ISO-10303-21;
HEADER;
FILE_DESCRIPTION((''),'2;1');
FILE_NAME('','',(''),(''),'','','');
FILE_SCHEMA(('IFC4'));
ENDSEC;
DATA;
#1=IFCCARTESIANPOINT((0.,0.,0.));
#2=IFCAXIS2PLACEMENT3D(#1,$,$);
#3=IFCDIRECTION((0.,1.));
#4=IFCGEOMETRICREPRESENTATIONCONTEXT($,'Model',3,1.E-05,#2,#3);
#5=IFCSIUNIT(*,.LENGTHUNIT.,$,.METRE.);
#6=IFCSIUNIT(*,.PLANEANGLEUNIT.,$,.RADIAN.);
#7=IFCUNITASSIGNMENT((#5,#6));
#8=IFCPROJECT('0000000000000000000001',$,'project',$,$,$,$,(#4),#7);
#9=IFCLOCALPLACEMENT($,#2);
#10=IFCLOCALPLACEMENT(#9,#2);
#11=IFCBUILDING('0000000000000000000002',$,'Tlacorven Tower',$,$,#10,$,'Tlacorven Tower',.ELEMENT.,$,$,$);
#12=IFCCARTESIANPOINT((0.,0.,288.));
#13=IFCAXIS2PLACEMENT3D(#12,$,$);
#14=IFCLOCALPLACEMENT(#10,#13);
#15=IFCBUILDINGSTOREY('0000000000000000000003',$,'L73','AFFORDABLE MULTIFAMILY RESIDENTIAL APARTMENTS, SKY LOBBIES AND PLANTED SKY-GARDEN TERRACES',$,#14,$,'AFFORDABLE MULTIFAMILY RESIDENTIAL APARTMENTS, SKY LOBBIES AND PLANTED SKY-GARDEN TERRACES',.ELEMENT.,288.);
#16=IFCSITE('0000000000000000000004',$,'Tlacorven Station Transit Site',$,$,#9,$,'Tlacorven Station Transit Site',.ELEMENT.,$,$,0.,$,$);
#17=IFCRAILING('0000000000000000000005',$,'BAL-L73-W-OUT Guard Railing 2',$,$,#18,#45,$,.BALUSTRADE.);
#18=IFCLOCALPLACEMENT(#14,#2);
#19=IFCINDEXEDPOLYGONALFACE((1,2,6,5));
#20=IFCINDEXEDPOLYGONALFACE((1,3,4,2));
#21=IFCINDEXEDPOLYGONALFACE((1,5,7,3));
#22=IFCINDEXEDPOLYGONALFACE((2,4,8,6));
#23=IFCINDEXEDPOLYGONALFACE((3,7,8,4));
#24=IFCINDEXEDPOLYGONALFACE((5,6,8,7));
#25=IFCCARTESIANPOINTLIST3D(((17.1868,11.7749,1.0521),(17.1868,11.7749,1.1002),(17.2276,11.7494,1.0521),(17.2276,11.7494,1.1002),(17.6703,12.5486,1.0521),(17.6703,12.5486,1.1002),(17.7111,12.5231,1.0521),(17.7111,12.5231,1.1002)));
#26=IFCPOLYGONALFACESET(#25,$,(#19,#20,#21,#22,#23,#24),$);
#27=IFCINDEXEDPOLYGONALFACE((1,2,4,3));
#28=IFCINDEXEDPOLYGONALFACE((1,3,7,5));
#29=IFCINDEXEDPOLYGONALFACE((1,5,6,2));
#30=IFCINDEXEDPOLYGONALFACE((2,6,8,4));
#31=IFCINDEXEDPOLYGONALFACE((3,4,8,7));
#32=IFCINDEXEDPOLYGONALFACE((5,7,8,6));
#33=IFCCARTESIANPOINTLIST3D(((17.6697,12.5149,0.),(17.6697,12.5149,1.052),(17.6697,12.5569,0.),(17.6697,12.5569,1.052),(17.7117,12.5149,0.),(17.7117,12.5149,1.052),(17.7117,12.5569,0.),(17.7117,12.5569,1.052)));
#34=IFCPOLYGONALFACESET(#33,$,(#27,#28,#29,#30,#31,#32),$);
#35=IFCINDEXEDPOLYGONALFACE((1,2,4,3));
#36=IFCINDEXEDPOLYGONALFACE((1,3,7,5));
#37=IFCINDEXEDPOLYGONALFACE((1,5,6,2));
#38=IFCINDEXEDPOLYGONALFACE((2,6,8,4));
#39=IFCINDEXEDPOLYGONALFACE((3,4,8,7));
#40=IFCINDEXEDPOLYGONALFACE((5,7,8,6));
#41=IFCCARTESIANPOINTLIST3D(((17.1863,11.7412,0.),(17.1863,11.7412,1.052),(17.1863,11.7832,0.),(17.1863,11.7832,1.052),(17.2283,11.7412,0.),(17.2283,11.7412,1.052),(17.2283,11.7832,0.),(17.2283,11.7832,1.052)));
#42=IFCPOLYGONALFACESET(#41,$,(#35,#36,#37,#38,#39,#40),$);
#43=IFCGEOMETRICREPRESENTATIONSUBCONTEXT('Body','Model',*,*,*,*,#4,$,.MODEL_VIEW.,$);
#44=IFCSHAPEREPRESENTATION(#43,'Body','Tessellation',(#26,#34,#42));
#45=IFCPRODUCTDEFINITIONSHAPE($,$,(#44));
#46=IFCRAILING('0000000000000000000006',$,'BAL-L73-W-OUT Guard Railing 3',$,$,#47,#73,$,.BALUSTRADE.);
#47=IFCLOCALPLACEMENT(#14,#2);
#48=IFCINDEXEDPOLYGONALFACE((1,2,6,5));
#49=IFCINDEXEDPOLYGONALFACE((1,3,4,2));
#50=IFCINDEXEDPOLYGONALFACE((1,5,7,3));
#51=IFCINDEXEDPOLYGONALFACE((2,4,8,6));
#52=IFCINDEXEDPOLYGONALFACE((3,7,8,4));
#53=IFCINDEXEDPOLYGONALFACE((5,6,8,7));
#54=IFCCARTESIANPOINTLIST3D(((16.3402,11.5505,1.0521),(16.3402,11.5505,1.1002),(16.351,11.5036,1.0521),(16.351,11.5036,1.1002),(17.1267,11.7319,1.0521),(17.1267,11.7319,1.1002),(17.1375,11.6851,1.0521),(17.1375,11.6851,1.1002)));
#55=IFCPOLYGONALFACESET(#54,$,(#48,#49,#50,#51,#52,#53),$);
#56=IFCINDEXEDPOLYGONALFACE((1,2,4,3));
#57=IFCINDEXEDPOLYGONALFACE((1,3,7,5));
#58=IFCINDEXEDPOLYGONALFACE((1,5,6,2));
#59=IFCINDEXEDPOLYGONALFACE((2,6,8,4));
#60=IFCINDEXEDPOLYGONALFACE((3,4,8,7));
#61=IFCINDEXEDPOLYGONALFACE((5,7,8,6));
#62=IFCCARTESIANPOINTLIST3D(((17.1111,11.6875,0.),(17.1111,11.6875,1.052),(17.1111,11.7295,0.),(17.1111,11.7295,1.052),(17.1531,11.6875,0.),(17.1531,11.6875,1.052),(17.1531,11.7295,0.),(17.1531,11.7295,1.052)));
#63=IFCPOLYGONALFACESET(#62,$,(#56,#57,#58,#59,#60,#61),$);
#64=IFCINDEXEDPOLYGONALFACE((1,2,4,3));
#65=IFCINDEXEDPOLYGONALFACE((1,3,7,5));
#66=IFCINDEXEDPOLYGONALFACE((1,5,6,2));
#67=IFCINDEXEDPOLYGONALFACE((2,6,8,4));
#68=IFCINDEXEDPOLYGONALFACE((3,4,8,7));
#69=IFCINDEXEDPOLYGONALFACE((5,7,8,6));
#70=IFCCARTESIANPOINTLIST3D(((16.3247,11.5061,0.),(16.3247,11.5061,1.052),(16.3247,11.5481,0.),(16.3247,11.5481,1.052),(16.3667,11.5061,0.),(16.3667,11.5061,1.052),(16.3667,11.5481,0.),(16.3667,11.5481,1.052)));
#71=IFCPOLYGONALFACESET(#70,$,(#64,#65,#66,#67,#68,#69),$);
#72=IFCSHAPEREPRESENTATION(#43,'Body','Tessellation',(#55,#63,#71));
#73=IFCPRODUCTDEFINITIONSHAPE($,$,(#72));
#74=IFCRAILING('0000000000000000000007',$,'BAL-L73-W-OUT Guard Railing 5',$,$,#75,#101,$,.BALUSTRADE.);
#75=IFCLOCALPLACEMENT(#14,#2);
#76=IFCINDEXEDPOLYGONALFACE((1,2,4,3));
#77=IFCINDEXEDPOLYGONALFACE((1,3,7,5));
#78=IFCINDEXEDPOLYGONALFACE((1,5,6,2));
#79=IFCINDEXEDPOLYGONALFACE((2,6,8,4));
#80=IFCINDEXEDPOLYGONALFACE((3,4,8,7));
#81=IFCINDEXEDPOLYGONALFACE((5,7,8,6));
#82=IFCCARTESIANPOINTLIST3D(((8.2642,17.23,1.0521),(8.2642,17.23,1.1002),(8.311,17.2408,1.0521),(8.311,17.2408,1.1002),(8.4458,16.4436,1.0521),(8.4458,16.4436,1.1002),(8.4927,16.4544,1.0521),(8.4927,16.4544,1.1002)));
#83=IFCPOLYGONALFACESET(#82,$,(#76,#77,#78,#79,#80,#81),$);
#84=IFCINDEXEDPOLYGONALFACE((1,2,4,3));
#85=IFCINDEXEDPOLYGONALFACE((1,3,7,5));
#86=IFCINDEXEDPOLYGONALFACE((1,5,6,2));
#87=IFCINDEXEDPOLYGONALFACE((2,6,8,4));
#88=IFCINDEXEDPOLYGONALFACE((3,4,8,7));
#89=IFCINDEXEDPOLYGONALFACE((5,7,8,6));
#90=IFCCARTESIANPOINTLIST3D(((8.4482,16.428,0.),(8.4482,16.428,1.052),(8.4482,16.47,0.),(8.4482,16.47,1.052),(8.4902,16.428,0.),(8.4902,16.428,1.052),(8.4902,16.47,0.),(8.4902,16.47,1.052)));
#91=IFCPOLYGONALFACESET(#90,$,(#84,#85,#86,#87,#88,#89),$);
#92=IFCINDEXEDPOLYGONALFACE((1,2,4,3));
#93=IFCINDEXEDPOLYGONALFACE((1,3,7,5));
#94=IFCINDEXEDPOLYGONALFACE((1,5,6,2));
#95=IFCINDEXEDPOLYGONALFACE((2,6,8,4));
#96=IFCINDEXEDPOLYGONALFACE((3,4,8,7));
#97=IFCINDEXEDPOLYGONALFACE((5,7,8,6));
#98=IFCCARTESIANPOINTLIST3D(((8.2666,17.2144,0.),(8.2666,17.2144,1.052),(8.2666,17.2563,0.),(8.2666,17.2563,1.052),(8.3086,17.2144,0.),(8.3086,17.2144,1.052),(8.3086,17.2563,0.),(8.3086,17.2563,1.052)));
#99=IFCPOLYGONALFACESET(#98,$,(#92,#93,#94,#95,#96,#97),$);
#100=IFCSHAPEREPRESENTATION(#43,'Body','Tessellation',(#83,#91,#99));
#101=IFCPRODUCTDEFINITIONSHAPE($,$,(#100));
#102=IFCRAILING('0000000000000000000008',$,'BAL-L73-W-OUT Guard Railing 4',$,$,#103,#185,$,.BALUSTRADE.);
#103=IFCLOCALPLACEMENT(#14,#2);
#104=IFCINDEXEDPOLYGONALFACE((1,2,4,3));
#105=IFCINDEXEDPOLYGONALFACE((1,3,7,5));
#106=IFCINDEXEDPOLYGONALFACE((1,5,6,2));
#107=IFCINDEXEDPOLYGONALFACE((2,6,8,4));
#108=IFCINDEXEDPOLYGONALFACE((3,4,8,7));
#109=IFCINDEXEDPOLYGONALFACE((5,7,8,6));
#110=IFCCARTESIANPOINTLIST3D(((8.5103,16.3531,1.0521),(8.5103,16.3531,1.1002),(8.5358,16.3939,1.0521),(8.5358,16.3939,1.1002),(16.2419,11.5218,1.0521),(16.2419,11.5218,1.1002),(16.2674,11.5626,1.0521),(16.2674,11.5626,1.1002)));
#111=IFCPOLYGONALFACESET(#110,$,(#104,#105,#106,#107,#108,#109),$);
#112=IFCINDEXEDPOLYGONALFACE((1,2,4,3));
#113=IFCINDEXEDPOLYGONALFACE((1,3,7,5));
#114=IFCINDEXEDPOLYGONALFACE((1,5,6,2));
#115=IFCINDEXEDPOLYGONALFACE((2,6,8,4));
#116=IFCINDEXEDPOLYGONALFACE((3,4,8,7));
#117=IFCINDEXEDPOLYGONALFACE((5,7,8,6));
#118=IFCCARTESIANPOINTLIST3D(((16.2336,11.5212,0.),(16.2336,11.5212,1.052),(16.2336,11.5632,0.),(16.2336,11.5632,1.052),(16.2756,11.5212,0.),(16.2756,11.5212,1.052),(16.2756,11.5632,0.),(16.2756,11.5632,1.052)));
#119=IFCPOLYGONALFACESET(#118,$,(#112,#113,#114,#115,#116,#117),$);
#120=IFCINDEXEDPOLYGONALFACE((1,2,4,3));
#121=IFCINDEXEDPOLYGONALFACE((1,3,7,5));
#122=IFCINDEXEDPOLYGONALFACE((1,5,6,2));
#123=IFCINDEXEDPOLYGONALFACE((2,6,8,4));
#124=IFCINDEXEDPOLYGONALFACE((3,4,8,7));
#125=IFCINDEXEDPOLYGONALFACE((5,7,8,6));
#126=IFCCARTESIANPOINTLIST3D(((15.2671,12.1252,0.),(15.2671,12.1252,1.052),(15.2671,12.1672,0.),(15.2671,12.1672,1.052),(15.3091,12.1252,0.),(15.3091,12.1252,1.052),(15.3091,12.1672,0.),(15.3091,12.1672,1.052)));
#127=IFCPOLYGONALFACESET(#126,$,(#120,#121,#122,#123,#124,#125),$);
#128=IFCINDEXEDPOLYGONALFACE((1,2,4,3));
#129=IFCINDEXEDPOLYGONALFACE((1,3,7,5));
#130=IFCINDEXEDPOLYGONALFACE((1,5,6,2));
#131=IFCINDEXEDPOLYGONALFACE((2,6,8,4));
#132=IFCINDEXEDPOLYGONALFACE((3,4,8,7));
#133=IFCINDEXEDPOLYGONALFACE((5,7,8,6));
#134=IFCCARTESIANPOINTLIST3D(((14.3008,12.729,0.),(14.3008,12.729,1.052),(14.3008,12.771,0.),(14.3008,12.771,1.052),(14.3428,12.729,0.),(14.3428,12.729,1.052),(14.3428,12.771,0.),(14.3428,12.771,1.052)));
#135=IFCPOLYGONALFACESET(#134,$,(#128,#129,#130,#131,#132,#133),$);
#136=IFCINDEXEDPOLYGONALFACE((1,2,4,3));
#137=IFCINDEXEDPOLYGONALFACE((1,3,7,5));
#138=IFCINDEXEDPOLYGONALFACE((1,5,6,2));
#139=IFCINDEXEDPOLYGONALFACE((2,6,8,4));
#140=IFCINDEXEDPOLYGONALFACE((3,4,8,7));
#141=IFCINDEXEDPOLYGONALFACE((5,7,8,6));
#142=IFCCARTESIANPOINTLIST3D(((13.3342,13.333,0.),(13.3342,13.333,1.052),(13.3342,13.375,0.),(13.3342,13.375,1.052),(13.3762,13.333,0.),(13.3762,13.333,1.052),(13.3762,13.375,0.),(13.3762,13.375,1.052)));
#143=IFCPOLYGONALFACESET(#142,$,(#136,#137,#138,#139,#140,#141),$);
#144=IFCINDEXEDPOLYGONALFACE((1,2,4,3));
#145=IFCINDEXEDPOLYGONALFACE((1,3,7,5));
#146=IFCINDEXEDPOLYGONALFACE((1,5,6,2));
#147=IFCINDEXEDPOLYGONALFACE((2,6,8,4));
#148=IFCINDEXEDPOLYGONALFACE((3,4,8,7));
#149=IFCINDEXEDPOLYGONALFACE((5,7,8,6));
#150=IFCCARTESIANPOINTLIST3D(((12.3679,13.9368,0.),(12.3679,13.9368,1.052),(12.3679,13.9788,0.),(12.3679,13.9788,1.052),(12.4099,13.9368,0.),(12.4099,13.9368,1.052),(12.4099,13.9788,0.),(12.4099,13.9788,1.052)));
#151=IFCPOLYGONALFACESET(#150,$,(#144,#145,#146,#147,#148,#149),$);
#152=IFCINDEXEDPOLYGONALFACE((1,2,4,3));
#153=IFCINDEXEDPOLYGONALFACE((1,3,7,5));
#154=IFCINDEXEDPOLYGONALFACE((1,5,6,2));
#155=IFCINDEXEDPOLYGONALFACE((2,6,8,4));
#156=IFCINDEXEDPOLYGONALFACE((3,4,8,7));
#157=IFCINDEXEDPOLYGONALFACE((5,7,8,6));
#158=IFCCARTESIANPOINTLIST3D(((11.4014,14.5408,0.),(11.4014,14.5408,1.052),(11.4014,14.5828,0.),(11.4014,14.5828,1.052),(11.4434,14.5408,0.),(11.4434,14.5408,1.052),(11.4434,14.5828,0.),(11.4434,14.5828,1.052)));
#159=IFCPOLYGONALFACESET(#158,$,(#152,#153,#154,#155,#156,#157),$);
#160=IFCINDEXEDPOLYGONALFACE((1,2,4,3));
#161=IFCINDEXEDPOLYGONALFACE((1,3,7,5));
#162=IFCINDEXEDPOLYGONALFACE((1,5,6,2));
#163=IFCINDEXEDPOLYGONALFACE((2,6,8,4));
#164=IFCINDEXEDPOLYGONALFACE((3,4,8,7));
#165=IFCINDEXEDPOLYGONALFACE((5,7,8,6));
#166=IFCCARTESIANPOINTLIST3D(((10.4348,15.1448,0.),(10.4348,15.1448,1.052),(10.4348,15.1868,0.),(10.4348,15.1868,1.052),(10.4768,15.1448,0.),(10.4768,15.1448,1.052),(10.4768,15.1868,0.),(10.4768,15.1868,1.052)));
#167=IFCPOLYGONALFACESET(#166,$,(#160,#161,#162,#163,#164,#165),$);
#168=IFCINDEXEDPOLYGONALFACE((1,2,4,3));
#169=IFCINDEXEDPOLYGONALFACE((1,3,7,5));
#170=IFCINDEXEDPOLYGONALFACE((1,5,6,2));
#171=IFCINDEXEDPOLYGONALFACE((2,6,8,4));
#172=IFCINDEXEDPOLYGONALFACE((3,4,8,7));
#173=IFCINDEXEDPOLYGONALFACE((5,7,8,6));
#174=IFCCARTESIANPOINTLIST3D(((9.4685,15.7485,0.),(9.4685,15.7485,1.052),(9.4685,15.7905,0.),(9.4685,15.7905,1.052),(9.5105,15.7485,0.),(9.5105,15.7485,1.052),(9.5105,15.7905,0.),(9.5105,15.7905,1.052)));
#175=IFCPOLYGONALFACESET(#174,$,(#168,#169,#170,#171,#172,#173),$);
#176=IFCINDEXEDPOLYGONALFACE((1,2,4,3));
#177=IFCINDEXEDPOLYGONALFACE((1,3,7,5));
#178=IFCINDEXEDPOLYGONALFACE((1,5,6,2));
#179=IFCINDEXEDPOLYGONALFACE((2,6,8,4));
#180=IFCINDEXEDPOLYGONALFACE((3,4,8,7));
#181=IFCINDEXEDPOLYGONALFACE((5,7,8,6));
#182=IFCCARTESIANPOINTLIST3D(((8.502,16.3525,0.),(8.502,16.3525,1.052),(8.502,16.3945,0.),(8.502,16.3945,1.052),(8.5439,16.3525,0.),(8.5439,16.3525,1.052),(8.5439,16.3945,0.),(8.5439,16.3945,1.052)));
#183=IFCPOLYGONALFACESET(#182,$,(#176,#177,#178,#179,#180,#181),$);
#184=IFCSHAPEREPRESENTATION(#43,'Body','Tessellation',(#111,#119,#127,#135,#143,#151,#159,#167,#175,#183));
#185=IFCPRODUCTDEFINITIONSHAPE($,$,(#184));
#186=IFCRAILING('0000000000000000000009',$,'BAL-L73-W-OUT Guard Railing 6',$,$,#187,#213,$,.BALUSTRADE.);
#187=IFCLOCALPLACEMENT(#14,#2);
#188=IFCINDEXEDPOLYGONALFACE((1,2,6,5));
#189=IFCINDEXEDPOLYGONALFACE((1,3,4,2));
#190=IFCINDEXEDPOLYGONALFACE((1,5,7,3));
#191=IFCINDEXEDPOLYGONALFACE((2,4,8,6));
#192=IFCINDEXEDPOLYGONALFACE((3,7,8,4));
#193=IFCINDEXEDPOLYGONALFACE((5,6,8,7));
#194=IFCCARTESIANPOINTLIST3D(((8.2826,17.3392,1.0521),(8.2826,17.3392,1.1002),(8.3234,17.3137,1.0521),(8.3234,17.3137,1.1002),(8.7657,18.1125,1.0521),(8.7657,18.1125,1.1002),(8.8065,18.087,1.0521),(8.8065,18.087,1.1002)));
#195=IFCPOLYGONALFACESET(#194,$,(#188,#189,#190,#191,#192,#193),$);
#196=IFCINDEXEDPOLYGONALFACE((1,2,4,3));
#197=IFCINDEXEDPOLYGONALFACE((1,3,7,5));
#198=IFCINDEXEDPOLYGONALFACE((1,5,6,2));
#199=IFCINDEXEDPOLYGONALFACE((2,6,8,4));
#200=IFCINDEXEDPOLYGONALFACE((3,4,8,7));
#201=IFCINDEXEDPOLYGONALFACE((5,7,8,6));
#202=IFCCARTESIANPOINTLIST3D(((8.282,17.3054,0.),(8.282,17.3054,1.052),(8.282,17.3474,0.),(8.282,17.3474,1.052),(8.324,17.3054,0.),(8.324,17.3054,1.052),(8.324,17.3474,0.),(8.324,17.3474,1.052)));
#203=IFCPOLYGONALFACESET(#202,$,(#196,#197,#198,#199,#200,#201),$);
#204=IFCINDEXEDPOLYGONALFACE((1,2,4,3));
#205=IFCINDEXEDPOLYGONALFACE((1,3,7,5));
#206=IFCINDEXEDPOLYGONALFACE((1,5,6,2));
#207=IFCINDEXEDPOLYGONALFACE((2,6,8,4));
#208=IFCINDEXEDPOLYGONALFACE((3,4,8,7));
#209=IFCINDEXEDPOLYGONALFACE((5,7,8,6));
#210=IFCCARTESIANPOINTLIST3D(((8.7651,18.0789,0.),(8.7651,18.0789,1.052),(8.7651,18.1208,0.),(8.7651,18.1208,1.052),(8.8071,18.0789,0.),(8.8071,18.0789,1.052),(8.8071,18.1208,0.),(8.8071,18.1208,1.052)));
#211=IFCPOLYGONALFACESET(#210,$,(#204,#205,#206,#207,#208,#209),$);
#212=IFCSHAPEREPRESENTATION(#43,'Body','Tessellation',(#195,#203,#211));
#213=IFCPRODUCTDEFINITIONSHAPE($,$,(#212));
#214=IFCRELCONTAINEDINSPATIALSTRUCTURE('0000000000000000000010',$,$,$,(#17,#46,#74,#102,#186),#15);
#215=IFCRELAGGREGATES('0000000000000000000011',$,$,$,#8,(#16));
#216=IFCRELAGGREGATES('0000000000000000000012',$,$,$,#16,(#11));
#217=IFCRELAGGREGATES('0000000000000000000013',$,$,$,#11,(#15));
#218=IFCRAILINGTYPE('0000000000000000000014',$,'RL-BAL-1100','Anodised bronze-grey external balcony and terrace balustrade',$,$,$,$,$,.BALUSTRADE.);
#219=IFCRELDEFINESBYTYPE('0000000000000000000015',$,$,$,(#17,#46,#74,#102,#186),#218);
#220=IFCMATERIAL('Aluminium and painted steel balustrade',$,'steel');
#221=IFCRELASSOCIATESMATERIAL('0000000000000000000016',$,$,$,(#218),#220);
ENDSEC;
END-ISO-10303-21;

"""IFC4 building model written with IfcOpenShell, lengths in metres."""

from ifc_helpers import new_model, si_unit, direction, frame, origin, origin_2d, place, context, subcontext, project, spatial, rectangle, extrude, source, transform, mapped, material, type_object, element, save


model = new_model("IFC4")

# Units and contexts
model_context = context("Model", 3, precision=1e-05, world=origin(), true_north=direction((0.0, 1.0)))
body_context = subcontext(model_context, "Body", "Model", "MODEL_VIEW")
ifc_project = project(units=[si_unit("LENGTHUNIT", "METRE"), si_unit("PLANEANGLEUNIT", "RADIAN")], contexts=[model_context])

# Site, building, storey
site_placement = place(None, origin())
site = spatial("IfcSite", under=ifc_project, at=site_placement, Name="Tlacorven Station Transit Site", LongName="Tlacorven Station Transit Site", CompositionType="ELEMENT", RefElevation=0.0)
building_placement = place(site_placement, origin())
building = spatial("IfcBuilding", under=site, at=building_placement, Name="Tlacorven Tower", LongName="Tlacorven Tower", CompositionType="ELEMENT")
storey_placement = place(building_placement, frame((0.0, 0.0, 288.0)))
storey = spatial("IfcBuildingStorey", under=building, at=storey_placement, Name="L73", Description="AFFORDABLE MULTIFAMILY RESIDENTIAL APARTMENTS, SKY LOBBIES AND PLANTED SKY-GARDEN TERRACES", LongName="AFFORDABLE MULTIFAMILY RESIDENTIAL APARTMENTS, SKY LOBBIES AND PLANTED SKY-GARDEN TERRACES", CompositionType="ELEMENT", Elevation=288.0)

# Railings
ifc_material_1 = material(Name="Aluminium and painted steel balustrade", Category="steel")
railing_type = type_object("IfcRailingType", Name="RL-BAL-1100", Description="Anodised bronze-grey external balcony and terrace balustrade", PredefinedType="BALUSTRADE", material=ifc_material_1)
shared_shape_1 = source(origin(), body_context, "Body", "SweptSolid", [
    extrude(rectangle(XDim=0.0481, YDim=0.0481, at=origin_2d()), frame((0.0, 0.0, 1.0762), z_axis=(-0.529879, -0.848073, 0.0), x_axis=(0.848073, -0.529879, 0.0)), (0.0, 0.0, 1.0), 0.9124),
    extrude(rectangle(XDim=0.042, YDim=0.042, at=origin_2d()), origin(), (0.0, 0.0, 1.0), 1.052),
    extrude(rectangle(XDim=0.042, YDim=0.042, at=origin_2d()), frame((-0.4834, -0.7737, 0.0)), (0.0, 0.0, 1.0), 1.052),
])
railing_1_placement = place(storey_placement, frame((17.6907, 12.5359, 0.0)))
element("IfcRailing", 1, at=railing_1_placement, inside=storey, type_object=railing_type, Name="BAL-L73-W-OUT Guard Railing 2", PredefinedType="BALUSTRADE", context=body_context, shape_type="MappedRepresentation", body=[
    mapped(shared_shape_1, transform((0.0, 0.0, 0.0), scale=1.0)),
])
shared_shape_2 = source(origin(), body_context, "Body", "SweptSolid", [
    extrude(rectangle(XDim=0.0481, YDim=0.0481, at=origin_2d()), frame((0.0, 0.0, 1.0762), z_axis=(-0.974412, -0.224771, 0.0), x_axis=(0.224771, -0.974412, 0.0)), (0.0, 0.0, 1.0), 0.8071),
    extrude(rectangle(XDim=0.042, YDim=0.042, at=origin_2d()), origin(), (0.0, 0.0, 1.0), 1.052),
    extrude(rectangle(XDim=0.042, YDim=0.042, at=origin_2d()), frame((-0.7864, -0.1814, 0.0)), (0.0, 0.0, 1.0), 1.052),
])
railing_2_placement = place(storey_placement, frame((17.1321, 11.7085, 0.0)))
element("IfcRailing", 2, at=railing_2_placement, inside=storey, type_object=railing_type, Name="BAL-L73-W-OUT Guard Railing 3", PredefinedType="BALUSTRADE", context=body_context, shape_type="MappedRepresentation", body=[
    mapped(shared_shape_2, transform((0.0, 0.0, 0.0), scale=1.0)),
])
shared_shape_3 = source(origin(), body_context, "Body", "SweptSolid", [
    extrude(rectangle(XDim=0.0481, YDim=0.0481, at=origin_2d()), frame((0.0, 0.0, 1.0762), z_axis=(-0.225058, 0.974345, 0.0), x_axis=(-0.974345, -0.225058, 0.0)), (0.0, 0.0, 1.0), 0.8071),
    extrude(rectangle(XDim=0.042, YDim=0.042, at=origin_2d()), origin(), (0.0, 0.0, 1.0), 1.052),
    extrude(rectangle(XDim=0.042, YDim=0.042, at=origin_2d()), frame((-0.1816, 0.7864, 0.0)), (0.0, 0.0, 1.0), 1.052),
])
railing_3_placement = place(storey_placement, frame((8.4692, 16.449, 0.0)))
element("IfcRailing", 3, at=railing_3_placement, inside=storey, type_object=railing_type, Name="BAL-L73-W-OUT Guard Railing 5", PredefinedType="BALUSTRADE", context=body_context, shape_type="MappedRepresentation", body=[
    mapped(shared_shape_3, transform((0.0, 0.0, 0.0), scale=1.0)),
])
shared_shape_4 = source(origin(), body_context, "Body", "SweptSolid", [
    extrude(rectangle(XDim=0.0481, YDim=0.0481, at=origin_2d()), frame((0.0, 0.0, 1.0762), z_axis=(-0.848048, 0.52992, 0.0), x_axis=(-0.52992, -0.848048, 0.0)), (0.0, 0.0, 1.0), 9.1169),
    extrude(rectangle(XDim=0.042, YDim=0.042, at=origin_2d()), origin(), (0.0, 0.0, 1.0), 1.052),
    extrude(rectangle(XDim=0.042, YDim=0.042, at=origin_2d()), frame((-0.9666, 0.604, 0.0)), (0.0, 0.0, 1.0), 1.052),
    extrude(rectangle(XDim=0.042, YDim=0.042, at=origin_2d()), frame((-1.9329, 1.2078, 0.0)), (0.0, 0.0, 1.0), 1.052),
    extrude(rectangle(XDim=0.042, YDim=0.042, at=origin_2d()), frame((-2.8994, 1.8118, 0.0)), (0.0, 0.0, 1.0), 1.052),
    extrude(rectangle(XDim=0.042, YDim=0.042, at=origin_2d()), frame((-3.8657, 2.4155, 0.0)), (0.0, 0.0, 1.0), 1.052),
    extrude(rectangle(XDim=0.042, YDim=0.042, at=origin_2d()), frame((-4.8323, 3.0195, 0.0)), (0.0, 0.0, 1.0), 1.052),
    extrude(rectangle(XDim=0.042, YDim=0.042, at=origin_2d()), frame((-5.7988, 3.6235, 0.0)), (0.0, 0.0, 1.0), 1.052),
    extrude(rectangle(XDim=0.042, YDim=0.042, at=origin_2d()), frame((-6.7651, 4.2273, 0.0)), (0.0, 0.0, 1.0), 1.052),
    extrude(rectangle(XDim=0.042, YDim=0.042, at=origin_2d()), frame((-7.7317, 4.8313, 0.0)), (0.0, 0.0, 1.0), 1.052),
])
railing_4_placement = place(storey_placement, frame((16.2546, 11.5422, 0.0)))
element("IfcRailing", 4, at=railing_4_placement, inside=storey, type_object=railing_type, Name="BAL-L73-W-OUT Guard Railing 4", PredefinedType="BALUSTRADE", context=body_context, shape_type="MappedRepresentation", body=[
    mapped(shared_shape_4, transform((0.0, 0.0, 0.0), scale=1.0)),
])
shared_shape_5 = source(origin(), body_context, "Body", "SweptSolid", [
    extrude(rectangle(XDim=0.0481, YDim=0.0481, at=origin_2d()), frame((0.0, 0.0, 1.0762), z_axis=(0.529806, 0.848119, 0.0), x_axis=(-0.848119, 0.529806, 0.0)), (0.0, 0.0, 1.0), 0.9119),
    extrude(rectangle(XDim=0.042, YDim=0.042, at=origin_2d()), origin(), (0.0, 0.0, 1.0), 1.052),
    extrude(rectangle(XDim=0.042, YDim=0.042, at=origin_2d()), frame((0.4832, 0.7734, 0.0)), (0.0, 0.0, 1.0), 1.052),
])
railing_5_placement = place(storey_placement, frame((8.303, 17.3264, 0.0)))
element("IfcRailing", 5, at=railing_5_placement, inside=storey, type_object=railing_type, Name="BAL-L73-W-OUT Guard Railing 6", PredefinedType="BALUSTRADE", context=body_context, shape_type="MappedRepresentation", body=[
    mapped(shared_shape_5, transform((0.0, 0.0, 0.0), scale=1.0)),
])

save(model, "model.ifc")
